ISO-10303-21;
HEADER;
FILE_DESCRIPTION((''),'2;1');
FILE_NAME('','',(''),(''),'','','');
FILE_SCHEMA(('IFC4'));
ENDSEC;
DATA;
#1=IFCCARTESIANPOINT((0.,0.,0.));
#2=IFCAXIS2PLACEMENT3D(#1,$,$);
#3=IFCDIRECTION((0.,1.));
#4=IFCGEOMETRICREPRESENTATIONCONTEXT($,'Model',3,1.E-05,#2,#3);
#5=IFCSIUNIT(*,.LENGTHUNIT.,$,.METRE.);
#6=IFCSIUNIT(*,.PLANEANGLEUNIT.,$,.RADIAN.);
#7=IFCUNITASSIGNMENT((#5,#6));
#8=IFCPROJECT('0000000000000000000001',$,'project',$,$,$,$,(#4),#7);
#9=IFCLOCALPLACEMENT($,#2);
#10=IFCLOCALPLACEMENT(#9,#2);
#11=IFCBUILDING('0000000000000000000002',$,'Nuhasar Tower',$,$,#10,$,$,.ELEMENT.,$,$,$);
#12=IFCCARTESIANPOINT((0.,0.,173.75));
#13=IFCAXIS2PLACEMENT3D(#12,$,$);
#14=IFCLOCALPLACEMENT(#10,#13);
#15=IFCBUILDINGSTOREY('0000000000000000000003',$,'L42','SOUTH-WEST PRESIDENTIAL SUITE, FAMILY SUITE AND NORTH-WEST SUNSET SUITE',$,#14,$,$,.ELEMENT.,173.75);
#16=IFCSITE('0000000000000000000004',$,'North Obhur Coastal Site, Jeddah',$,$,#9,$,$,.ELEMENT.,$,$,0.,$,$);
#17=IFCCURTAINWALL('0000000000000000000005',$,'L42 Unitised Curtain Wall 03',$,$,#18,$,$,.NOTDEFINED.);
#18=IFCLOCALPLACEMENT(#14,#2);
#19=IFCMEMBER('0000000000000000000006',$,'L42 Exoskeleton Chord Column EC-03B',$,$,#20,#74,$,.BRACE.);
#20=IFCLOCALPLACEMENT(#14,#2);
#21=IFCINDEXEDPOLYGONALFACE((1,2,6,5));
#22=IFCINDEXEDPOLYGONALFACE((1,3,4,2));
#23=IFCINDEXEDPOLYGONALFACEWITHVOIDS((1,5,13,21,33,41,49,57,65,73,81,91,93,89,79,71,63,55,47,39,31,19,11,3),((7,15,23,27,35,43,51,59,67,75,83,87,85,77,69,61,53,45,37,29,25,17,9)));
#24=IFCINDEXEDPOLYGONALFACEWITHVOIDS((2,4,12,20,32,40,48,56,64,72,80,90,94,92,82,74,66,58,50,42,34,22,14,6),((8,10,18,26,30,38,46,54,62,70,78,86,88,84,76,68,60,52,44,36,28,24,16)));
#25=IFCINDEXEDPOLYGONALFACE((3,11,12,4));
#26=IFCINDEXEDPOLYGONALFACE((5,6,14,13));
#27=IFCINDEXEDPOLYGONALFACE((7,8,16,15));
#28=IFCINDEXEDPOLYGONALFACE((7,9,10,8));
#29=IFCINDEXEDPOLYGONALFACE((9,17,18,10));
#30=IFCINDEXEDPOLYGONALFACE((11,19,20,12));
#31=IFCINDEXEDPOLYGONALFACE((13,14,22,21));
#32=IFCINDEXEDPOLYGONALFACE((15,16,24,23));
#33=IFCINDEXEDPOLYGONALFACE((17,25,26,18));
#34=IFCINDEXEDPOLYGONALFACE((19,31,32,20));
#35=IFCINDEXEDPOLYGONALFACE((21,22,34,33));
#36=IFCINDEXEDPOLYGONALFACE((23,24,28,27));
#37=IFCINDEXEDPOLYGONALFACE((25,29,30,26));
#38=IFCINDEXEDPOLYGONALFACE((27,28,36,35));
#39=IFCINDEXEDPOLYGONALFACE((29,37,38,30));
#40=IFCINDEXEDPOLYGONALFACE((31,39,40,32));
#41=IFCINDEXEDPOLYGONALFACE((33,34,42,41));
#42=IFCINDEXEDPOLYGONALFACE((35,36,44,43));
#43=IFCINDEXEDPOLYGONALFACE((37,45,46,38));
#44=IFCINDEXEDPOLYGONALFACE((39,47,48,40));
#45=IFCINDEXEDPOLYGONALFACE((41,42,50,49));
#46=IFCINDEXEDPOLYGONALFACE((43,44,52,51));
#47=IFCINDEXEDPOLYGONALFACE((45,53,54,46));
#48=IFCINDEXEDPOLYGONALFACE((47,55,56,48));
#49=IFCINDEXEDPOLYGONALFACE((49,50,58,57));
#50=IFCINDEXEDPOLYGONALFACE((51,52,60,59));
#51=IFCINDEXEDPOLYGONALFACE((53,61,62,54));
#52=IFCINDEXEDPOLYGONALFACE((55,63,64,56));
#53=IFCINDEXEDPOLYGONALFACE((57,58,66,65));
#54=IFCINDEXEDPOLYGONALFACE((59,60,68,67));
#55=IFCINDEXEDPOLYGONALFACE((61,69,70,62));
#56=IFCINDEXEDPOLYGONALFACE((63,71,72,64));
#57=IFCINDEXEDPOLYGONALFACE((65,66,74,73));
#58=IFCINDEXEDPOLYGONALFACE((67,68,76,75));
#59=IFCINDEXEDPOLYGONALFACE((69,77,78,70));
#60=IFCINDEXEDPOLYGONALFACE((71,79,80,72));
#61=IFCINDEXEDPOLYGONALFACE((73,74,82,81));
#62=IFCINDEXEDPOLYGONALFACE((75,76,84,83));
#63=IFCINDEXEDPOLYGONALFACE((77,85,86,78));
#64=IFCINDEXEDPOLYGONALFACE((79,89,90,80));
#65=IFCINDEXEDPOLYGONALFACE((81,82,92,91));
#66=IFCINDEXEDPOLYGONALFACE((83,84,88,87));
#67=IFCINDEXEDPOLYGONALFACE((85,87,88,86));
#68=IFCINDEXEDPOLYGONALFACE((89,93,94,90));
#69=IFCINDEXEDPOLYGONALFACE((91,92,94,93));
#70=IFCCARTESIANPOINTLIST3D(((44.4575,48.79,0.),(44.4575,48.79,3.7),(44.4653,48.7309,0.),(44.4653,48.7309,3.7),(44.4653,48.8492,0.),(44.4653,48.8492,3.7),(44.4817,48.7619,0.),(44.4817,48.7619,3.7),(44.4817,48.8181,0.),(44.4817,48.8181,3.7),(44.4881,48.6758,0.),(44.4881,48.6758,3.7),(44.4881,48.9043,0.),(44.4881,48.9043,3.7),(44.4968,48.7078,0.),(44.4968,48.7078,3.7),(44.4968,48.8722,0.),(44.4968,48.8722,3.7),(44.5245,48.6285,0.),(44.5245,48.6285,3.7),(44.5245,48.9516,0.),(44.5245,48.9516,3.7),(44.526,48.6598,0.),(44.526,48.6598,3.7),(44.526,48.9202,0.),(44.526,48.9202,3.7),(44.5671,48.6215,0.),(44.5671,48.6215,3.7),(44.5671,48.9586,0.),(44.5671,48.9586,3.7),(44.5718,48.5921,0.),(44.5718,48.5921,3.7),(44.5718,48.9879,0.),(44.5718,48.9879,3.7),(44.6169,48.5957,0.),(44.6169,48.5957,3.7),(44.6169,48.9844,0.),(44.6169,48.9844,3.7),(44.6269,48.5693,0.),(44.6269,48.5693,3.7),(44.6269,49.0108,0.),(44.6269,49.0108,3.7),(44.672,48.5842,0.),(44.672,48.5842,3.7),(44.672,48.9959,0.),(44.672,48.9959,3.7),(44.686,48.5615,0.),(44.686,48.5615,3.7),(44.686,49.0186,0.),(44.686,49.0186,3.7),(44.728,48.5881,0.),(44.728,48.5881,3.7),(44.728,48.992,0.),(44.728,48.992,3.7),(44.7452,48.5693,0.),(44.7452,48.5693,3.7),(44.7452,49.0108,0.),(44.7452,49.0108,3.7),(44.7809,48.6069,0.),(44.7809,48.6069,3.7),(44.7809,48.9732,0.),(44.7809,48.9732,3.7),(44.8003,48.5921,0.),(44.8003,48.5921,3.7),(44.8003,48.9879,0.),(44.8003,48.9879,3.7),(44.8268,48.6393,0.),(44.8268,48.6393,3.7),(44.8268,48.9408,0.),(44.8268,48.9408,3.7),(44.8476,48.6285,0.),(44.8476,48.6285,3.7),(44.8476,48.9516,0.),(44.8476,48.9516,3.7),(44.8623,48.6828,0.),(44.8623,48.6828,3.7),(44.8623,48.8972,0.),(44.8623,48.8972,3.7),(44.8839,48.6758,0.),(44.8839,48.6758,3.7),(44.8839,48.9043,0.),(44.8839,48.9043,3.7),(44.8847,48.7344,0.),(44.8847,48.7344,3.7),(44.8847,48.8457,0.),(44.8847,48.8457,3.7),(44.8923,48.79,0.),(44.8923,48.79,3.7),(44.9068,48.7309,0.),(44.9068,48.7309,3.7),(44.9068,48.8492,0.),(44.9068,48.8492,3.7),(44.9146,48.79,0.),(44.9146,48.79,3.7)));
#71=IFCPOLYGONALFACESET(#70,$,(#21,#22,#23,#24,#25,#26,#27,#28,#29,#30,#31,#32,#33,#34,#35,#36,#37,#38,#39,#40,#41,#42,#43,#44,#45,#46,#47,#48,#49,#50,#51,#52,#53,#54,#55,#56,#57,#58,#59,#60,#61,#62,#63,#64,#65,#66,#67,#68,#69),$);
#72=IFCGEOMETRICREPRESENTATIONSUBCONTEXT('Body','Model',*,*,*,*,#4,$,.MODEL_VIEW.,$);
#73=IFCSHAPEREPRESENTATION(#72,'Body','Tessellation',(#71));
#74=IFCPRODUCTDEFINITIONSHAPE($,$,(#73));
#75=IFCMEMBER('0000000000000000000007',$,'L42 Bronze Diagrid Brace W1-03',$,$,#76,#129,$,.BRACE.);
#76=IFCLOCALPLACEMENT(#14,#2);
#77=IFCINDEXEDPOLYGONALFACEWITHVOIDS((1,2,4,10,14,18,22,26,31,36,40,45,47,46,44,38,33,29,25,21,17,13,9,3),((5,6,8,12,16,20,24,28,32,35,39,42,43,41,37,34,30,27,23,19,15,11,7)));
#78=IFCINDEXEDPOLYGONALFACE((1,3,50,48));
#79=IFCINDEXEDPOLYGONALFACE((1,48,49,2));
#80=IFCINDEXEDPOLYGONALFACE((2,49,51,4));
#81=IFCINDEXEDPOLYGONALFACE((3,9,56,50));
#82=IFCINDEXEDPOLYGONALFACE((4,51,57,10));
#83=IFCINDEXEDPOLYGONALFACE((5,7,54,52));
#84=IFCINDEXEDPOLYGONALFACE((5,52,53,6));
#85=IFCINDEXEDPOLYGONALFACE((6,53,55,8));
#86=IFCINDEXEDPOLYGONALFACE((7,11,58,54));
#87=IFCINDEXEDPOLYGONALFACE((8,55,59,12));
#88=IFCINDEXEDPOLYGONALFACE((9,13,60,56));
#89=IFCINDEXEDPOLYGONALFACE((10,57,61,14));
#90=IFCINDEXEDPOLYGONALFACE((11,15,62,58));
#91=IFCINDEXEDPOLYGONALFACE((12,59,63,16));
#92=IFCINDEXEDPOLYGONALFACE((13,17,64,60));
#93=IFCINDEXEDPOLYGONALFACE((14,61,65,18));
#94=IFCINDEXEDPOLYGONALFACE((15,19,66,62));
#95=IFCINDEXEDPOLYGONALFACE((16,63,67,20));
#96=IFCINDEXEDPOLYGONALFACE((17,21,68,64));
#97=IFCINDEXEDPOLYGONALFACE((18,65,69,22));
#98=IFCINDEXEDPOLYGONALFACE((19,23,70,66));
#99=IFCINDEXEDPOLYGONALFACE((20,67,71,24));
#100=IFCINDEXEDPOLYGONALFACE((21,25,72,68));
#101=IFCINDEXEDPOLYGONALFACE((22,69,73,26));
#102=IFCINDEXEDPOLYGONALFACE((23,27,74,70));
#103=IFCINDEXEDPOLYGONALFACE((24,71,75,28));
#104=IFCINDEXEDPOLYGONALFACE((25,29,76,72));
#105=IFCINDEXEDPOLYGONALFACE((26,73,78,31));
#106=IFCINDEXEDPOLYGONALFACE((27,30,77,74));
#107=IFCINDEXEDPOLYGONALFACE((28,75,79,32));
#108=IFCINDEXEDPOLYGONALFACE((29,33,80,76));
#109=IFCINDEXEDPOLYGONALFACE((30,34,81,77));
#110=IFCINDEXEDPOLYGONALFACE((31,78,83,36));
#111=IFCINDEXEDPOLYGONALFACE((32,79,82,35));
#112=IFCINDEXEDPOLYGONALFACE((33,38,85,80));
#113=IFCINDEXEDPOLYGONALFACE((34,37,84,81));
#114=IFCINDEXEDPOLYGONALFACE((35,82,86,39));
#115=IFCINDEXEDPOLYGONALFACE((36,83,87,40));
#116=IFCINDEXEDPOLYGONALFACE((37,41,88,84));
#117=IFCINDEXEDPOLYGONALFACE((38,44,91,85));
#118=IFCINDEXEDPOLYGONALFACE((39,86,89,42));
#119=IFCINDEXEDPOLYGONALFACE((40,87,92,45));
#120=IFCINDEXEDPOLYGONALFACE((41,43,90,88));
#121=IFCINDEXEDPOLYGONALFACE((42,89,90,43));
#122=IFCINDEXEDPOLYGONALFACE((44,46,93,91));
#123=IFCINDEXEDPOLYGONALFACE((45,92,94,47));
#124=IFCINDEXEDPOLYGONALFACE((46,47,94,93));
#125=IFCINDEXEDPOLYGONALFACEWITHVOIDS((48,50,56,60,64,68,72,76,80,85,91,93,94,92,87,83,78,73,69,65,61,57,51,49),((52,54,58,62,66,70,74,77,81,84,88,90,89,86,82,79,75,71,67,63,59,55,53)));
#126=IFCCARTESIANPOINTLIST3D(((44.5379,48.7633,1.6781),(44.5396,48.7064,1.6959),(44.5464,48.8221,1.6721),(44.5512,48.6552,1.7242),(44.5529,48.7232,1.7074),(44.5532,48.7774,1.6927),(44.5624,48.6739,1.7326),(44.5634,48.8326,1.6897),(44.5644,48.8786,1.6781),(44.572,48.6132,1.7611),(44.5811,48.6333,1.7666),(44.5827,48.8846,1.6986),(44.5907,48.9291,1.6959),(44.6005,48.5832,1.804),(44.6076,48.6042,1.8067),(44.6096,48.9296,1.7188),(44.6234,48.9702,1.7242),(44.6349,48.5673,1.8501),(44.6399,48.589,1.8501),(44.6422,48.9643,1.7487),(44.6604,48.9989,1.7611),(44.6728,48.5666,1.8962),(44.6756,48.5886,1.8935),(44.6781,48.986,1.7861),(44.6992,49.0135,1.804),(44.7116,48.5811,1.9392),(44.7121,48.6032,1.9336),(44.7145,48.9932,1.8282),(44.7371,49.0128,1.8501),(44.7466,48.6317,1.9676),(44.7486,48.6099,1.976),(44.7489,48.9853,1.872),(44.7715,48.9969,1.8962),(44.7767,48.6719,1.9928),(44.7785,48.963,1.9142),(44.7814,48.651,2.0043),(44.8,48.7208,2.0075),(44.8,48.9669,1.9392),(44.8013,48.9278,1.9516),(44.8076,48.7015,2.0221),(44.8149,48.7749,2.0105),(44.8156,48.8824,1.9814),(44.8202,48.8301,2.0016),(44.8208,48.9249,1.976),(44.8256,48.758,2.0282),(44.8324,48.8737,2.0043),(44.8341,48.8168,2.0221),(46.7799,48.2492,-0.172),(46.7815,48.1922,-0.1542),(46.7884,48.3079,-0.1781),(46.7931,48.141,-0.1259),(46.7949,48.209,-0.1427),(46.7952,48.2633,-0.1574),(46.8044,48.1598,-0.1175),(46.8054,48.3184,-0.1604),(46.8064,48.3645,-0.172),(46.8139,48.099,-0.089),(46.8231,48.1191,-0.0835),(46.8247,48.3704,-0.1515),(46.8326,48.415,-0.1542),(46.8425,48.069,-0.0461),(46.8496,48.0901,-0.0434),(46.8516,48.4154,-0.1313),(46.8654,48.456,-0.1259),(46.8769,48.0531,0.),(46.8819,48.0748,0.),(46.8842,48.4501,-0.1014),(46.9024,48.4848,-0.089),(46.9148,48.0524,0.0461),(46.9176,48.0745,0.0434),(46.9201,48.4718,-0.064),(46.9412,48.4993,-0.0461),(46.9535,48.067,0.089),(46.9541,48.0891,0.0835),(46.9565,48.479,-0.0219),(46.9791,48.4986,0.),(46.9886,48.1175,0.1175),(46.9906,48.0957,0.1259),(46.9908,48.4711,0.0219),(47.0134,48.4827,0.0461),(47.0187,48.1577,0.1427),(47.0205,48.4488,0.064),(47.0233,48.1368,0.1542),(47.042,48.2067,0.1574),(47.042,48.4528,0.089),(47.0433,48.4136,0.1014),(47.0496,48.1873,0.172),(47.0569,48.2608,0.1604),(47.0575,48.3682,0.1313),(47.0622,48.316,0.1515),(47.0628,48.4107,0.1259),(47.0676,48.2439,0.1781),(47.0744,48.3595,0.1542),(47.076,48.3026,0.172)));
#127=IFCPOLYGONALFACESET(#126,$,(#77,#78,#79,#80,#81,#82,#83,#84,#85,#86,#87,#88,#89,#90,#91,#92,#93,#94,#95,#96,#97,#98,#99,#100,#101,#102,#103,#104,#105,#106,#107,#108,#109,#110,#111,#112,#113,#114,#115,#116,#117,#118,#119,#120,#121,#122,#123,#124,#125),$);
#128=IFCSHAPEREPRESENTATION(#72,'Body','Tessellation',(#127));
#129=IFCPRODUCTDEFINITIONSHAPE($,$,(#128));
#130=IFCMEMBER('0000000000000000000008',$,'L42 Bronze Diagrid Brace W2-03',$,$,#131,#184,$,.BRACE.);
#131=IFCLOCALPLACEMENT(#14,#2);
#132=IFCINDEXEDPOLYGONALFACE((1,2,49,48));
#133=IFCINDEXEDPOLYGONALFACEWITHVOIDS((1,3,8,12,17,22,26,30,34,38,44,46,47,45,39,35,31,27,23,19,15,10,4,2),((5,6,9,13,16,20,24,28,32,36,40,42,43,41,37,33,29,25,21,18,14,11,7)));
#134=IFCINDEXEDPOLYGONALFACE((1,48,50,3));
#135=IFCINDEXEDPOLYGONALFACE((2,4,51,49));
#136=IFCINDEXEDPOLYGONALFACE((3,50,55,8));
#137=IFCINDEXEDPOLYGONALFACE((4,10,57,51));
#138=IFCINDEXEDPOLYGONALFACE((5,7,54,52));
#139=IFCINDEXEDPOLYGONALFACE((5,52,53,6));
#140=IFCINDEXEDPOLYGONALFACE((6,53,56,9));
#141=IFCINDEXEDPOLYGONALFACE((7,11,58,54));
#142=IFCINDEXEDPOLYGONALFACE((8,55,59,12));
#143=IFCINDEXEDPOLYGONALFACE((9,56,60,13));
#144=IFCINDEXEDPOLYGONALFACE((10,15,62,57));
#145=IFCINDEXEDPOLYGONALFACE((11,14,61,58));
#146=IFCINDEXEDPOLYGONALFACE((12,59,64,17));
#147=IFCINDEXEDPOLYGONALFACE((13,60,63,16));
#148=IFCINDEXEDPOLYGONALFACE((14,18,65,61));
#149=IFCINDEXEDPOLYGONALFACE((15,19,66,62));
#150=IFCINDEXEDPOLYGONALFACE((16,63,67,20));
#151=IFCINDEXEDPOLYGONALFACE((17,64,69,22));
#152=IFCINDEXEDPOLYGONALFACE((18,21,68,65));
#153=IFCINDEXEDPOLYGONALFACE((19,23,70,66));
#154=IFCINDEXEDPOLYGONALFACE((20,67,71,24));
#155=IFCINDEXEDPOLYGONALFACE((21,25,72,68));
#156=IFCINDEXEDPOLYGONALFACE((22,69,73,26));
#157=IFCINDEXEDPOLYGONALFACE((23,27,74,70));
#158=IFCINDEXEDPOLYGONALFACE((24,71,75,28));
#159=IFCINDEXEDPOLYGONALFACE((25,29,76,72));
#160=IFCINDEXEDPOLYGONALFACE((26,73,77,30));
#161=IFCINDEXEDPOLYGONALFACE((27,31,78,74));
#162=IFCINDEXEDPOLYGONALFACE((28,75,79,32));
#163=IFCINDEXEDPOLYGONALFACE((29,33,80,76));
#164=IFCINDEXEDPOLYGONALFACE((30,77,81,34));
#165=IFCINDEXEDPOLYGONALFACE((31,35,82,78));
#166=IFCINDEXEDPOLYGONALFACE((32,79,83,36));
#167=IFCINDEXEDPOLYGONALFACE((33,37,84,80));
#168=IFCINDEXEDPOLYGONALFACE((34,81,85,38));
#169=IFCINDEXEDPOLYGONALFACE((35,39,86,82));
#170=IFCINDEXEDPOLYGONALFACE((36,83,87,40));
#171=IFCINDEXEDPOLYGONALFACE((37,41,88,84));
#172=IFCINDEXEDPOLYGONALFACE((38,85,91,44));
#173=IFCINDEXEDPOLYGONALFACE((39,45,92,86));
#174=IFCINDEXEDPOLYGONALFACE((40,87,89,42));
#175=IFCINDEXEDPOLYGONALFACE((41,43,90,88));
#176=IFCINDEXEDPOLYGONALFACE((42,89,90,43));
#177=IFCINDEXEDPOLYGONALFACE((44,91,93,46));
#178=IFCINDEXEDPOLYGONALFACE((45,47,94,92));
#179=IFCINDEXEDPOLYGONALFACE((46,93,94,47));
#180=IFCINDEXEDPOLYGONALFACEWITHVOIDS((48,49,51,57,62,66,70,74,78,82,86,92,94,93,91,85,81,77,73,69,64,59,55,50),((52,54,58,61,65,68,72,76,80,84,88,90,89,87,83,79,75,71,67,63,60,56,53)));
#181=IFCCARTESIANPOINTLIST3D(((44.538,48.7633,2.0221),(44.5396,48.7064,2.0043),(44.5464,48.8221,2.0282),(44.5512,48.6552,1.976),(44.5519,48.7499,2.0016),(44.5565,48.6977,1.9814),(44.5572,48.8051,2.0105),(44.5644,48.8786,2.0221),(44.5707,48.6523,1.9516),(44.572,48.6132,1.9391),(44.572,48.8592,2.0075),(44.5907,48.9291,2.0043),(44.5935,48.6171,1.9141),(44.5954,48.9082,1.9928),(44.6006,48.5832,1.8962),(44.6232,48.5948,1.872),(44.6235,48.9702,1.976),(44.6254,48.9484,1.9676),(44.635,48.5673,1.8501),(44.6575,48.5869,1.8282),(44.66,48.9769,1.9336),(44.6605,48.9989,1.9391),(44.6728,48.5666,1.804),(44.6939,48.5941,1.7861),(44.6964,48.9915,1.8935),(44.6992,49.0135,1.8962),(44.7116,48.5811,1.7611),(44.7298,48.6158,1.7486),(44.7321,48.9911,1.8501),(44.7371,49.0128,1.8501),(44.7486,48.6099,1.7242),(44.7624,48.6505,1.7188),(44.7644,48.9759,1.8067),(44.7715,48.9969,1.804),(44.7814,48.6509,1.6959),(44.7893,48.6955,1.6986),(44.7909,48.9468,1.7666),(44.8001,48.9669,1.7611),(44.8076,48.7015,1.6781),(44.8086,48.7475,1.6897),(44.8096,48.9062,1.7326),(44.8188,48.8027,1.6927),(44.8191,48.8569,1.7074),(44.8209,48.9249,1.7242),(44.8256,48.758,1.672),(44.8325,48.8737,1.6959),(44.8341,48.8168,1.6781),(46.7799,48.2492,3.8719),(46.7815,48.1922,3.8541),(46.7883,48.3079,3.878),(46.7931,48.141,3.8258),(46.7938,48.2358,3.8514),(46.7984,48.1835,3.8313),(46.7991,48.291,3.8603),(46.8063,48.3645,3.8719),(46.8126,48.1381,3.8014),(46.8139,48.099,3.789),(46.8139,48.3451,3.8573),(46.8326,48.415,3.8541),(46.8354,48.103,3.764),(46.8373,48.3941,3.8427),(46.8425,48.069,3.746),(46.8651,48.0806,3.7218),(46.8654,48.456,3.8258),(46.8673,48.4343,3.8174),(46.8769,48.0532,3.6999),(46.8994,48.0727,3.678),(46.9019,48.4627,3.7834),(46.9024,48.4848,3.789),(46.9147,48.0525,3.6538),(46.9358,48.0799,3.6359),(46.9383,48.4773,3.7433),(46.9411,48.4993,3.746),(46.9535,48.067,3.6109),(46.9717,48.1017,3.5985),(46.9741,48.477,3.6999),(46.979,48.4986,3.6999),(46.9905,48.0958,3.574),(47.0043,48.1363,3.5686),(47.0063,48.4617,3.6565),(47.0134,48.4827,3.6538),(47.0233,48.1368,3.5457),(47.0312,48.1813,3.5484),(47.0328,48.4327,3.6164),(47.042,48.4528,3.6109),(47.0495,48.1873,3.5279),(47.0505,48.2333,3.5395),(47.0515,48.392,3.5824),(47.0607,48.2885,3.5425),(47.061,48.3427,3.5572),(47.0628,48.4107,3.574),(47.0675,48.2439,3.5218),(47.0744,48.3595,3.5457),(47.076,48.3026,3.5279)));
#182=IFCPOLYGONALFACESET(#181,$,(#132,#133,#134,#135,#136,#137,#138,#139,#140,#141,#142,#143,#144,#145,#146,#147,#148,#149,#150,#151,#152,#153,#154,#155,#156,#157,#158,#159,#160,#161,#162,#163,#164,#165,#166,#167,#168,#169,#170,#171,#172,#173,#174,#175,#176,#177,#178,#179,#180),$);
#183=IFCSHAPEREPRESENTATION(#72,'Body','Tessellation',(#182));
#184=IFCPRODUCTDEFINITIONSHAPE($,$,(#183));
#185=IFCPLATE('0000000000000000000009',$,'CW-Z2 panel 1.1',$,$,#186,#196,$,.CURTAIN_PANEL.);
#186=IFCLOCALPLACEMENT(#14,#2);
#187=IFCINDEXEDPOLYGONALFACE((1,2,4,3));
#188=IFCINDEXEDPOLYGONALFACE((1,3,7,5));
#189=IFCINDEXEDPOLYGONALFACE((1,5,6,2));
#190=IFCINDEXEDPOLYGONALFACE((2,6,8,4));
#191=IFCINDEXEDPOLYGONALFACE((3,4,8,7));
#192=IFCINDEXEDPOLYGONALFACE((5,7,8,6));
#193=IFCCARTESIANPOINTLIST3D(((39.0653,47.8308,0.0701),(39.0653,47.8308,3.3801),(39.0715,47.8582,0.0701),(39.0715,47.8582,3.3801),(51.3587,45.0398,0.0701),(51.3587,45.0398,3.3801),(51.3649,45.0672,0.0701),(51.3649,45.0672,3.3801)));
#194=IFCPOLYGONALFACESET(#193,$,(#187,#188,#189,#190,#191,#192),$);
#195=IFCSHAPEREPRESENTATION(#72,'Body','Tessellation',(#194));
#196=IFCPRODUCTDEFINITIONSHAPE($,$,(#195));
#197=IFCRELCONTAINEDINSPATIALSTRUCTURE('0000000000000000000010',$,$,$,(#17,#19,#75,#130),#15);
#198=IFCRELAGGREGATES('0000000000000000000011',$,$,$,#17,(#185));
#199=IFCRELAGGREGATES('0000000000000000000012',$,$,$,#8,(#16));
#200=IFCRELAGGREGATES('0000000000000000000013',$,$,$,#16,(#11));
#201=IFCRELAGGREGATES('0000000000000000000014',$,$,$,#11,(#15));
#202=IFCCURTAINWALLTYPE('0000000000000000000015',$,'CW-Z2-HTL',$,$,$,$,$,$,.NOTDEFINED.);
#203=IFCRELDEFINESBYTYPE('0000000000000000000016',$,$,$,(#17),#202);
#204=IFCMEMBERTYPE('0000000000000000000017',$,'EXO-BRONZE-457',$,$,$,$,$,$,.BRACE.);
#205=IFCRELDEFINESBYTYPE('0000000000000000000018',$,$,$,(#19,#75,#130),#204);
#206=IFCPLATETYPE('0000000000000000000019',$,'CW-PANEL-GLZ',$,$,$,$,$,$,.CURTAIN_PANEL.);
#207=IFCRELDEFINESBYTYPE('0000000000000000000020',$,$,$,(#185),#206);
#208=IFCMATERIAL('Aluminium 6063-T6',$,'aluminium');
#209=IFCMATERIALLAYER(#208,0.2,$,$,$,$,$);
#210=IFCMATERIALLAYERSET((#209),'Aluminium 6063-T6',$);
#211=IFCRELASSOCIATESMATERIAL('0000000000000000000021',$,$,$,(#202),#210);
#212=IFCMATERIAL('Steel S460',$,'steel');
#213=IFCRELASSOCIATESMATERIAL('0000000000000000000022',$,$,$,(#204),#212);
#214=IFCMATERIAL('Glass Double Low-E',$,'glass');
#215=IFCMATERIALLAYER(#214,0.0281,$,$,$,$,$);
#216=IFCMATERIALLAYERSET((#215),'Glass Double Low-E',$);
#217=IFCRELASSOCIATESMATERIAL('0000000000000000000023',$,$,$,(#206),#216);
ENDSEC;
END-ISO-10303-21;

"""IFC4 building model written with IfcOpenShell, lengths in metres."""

from ifc_helpers import new_model, si_unit, direction, frame, origin, origin_2d, place, context, subcontext, project, spatial, rectangle, hollow_circle, extrude, material, layer, layer_set, material_profile, profile_set, type_object, element, aggregate, save


model = new_model("IFC4")

# Units and contexts
model_context = context("Model", 3, precision=1e-05, world=origin(), true_north=direction((0.0, 1.0)))
body_context = subcontext(model_context, "Body", "Model", "MODEL_VIEW")
ifc_project = project(units=[si_unit("LENGTHUNIT", "METRE"), si_unit("PLANEANGLEUNIT", "RADIAN")], contexts=[model_context])

# Site, building, storey
site_placement = place(None, origin())
site = spatial("IfcSite", under=ifc_project, at=site_placement, Name="North Obhur Coastal Site, Jeddah", CompositionType="ELEMENT", RefElevation=0.0)
building_placement = place(site_placement, origin())
building = spatial("IfcBuilding", under=site, at=building_placement, Name="Nuhasar Tower", CompositionType="ELEMENT")
storey_placement = place(building_placement, frame((0.0, 0.0, 173.75)))
storey = spatial("IfcBuildingStorey", under=building, at=storey_placement, Name="L42", Description="SOUTH-WEST PRESIDENTIAL SUITE, FAMILY SUITE AND NORTH-WEST SUNSET SUITE", CompositionType="ELEMENT", Elevation=173.75)

# Curtain wall
ifc_material_1 = material(Name="Aluminium 6063-T6", Category="aluminium")
ifc_layer_1 = layer(ifc_material_1, 0.2)
ifc_layer_set_1 = layer_set([ifc_layer_1], Name="Aluminium 6063-T6")
curtain_wall_type = type_object("IfcCurtainWallType", Name="CW-Z2-HTL", PredefinedType="NOTDEFINED", material=ifc_layer_set_1)
curtain_wall_1_placement = place(storey_placement, origin())
curtain_wall_1 = element("IfcCurtainWall", 1, at=curtain_wall_1_placement, inside=storey, type_object=curtain_wall_type, Name="L42 Unitised Curtain Wall 03", PredefinedType="NOTDEFINED")

# Members
ifc_material_2 = material(Name="Steel S460", Category="steel")
ifc_material_profile_1 = material_profile(ifc_material_2, hollow_circle(Radius=0.2285, WallThickness=0.0222, at=origin_2d()), Name="HSS457X22.2")
ifc_profile_set_1 = profile_set([ifc_material_profile_1], Name="Steel S460")
member_type_1 = type_object("IfcMemberType", Name="EXO-BRONZE-457", PredefinedType="BRACE", material=ifc_profile_set_1)
for number, where, z_axis, x_axis, name in (
    (2, (44.686, 48.79, 0.0), (0.0, 0.0, 1.0), (1.0, 0.0, 0.0), "L42 Exoskeleton Chord Column EC-03B"),
):
    element("IfcMember", number, at=place(storey_placement, frame(where, z_axis=z_axis, x_axis=x_axis)), inside=storey, type_object=member_type_1, Name=name, PredefinedType="BRACE", context=body_context, shape_type="SweptSolid", body=[
        extrude(hollow_circle(Radius=0.2285, WallThickness=0.0222, at=origin_2d()), origin(), (0.0, 0.0, 1.0), 3.7),
    ])
member_1_placement = place(storey_placement, frame((46.928, 48.2759, 0.0), z_axis=(-0.7595, 0.174181, 0.626755), x_axis=(-0.223534, -0.974696, 0.0)))
element("IfcMember", 3, at=member_1_placement, inside=storey, type_object=member_type_1, Name="L42 Bronze Diagrid Brace W1-03", PredefinedType="BRACE", context=body_context, shape_type="SweptSolid", body=[
    extrude(hollow_circle(Radius=0.2285, WallThickness=0.0222, at=origin_2d()), origin(), (0.0, 0.0, 1.0), 2.9519),
])
member_2_placement = place(storey_placement, frame((44.686, 48.79, 1.8501), z_axis=(0.759539, -0.17419, 0.626704), x_axis=(0.223534, 0.974696, 0.0)))
element("IfcMember", 4, at=member_2_placement, inside=storey, type_object=member_type_1, Name="L42 Bronze Diagrid Brace W2-03", PredefinedType="BRACE", context=body_context, shape_type="SweptSolid", body=[
    extrude(hollow_circle(Radius=0.2285, WallThickness=0.0222, at=origin_2d()), origin(), (0.0, 0.0, 1.0), 2.9517),
])

# Plate
ifc_material_3 = material(Name="Glass Double Low-E", Category="glass")
ifc_layer_2 = layer(ifc_material_3, 0.0281)
ifc_layer_set_2 = layer_set([ifc_layer_2], Name="Glass Double Low-E")
plate_type = type_object("IfcPlateType", Name="CW-PANEL-GLZ", PredefinedType="CURTAIN_PANEL", material=ifc_layer_set_2)
plate_placement = place(storey_placement, frame((45.2151, 46.449, 0.0701), z_axis=(0.0, 0.0, 1.0), x_axis=(-0.975184, 0.221397, 0.0)))
plate = element("IfcPlate", 5, at=plate_placement, type_object=plate_type, Name="CW-Z2 panel 1.1", PredefinedType="CURTAIN_PANEL", context=body_context, shape_type="SweptSolid", body=[
    extrude(rectangle(XDim=12.6062, YDim=0.0281, at=origin_2d()), origin(), (0.0, 0.0, 1.0), 3.3101),
])
aggregate(curtain_wall_1, [plate])

save(model, "model.ifc")
